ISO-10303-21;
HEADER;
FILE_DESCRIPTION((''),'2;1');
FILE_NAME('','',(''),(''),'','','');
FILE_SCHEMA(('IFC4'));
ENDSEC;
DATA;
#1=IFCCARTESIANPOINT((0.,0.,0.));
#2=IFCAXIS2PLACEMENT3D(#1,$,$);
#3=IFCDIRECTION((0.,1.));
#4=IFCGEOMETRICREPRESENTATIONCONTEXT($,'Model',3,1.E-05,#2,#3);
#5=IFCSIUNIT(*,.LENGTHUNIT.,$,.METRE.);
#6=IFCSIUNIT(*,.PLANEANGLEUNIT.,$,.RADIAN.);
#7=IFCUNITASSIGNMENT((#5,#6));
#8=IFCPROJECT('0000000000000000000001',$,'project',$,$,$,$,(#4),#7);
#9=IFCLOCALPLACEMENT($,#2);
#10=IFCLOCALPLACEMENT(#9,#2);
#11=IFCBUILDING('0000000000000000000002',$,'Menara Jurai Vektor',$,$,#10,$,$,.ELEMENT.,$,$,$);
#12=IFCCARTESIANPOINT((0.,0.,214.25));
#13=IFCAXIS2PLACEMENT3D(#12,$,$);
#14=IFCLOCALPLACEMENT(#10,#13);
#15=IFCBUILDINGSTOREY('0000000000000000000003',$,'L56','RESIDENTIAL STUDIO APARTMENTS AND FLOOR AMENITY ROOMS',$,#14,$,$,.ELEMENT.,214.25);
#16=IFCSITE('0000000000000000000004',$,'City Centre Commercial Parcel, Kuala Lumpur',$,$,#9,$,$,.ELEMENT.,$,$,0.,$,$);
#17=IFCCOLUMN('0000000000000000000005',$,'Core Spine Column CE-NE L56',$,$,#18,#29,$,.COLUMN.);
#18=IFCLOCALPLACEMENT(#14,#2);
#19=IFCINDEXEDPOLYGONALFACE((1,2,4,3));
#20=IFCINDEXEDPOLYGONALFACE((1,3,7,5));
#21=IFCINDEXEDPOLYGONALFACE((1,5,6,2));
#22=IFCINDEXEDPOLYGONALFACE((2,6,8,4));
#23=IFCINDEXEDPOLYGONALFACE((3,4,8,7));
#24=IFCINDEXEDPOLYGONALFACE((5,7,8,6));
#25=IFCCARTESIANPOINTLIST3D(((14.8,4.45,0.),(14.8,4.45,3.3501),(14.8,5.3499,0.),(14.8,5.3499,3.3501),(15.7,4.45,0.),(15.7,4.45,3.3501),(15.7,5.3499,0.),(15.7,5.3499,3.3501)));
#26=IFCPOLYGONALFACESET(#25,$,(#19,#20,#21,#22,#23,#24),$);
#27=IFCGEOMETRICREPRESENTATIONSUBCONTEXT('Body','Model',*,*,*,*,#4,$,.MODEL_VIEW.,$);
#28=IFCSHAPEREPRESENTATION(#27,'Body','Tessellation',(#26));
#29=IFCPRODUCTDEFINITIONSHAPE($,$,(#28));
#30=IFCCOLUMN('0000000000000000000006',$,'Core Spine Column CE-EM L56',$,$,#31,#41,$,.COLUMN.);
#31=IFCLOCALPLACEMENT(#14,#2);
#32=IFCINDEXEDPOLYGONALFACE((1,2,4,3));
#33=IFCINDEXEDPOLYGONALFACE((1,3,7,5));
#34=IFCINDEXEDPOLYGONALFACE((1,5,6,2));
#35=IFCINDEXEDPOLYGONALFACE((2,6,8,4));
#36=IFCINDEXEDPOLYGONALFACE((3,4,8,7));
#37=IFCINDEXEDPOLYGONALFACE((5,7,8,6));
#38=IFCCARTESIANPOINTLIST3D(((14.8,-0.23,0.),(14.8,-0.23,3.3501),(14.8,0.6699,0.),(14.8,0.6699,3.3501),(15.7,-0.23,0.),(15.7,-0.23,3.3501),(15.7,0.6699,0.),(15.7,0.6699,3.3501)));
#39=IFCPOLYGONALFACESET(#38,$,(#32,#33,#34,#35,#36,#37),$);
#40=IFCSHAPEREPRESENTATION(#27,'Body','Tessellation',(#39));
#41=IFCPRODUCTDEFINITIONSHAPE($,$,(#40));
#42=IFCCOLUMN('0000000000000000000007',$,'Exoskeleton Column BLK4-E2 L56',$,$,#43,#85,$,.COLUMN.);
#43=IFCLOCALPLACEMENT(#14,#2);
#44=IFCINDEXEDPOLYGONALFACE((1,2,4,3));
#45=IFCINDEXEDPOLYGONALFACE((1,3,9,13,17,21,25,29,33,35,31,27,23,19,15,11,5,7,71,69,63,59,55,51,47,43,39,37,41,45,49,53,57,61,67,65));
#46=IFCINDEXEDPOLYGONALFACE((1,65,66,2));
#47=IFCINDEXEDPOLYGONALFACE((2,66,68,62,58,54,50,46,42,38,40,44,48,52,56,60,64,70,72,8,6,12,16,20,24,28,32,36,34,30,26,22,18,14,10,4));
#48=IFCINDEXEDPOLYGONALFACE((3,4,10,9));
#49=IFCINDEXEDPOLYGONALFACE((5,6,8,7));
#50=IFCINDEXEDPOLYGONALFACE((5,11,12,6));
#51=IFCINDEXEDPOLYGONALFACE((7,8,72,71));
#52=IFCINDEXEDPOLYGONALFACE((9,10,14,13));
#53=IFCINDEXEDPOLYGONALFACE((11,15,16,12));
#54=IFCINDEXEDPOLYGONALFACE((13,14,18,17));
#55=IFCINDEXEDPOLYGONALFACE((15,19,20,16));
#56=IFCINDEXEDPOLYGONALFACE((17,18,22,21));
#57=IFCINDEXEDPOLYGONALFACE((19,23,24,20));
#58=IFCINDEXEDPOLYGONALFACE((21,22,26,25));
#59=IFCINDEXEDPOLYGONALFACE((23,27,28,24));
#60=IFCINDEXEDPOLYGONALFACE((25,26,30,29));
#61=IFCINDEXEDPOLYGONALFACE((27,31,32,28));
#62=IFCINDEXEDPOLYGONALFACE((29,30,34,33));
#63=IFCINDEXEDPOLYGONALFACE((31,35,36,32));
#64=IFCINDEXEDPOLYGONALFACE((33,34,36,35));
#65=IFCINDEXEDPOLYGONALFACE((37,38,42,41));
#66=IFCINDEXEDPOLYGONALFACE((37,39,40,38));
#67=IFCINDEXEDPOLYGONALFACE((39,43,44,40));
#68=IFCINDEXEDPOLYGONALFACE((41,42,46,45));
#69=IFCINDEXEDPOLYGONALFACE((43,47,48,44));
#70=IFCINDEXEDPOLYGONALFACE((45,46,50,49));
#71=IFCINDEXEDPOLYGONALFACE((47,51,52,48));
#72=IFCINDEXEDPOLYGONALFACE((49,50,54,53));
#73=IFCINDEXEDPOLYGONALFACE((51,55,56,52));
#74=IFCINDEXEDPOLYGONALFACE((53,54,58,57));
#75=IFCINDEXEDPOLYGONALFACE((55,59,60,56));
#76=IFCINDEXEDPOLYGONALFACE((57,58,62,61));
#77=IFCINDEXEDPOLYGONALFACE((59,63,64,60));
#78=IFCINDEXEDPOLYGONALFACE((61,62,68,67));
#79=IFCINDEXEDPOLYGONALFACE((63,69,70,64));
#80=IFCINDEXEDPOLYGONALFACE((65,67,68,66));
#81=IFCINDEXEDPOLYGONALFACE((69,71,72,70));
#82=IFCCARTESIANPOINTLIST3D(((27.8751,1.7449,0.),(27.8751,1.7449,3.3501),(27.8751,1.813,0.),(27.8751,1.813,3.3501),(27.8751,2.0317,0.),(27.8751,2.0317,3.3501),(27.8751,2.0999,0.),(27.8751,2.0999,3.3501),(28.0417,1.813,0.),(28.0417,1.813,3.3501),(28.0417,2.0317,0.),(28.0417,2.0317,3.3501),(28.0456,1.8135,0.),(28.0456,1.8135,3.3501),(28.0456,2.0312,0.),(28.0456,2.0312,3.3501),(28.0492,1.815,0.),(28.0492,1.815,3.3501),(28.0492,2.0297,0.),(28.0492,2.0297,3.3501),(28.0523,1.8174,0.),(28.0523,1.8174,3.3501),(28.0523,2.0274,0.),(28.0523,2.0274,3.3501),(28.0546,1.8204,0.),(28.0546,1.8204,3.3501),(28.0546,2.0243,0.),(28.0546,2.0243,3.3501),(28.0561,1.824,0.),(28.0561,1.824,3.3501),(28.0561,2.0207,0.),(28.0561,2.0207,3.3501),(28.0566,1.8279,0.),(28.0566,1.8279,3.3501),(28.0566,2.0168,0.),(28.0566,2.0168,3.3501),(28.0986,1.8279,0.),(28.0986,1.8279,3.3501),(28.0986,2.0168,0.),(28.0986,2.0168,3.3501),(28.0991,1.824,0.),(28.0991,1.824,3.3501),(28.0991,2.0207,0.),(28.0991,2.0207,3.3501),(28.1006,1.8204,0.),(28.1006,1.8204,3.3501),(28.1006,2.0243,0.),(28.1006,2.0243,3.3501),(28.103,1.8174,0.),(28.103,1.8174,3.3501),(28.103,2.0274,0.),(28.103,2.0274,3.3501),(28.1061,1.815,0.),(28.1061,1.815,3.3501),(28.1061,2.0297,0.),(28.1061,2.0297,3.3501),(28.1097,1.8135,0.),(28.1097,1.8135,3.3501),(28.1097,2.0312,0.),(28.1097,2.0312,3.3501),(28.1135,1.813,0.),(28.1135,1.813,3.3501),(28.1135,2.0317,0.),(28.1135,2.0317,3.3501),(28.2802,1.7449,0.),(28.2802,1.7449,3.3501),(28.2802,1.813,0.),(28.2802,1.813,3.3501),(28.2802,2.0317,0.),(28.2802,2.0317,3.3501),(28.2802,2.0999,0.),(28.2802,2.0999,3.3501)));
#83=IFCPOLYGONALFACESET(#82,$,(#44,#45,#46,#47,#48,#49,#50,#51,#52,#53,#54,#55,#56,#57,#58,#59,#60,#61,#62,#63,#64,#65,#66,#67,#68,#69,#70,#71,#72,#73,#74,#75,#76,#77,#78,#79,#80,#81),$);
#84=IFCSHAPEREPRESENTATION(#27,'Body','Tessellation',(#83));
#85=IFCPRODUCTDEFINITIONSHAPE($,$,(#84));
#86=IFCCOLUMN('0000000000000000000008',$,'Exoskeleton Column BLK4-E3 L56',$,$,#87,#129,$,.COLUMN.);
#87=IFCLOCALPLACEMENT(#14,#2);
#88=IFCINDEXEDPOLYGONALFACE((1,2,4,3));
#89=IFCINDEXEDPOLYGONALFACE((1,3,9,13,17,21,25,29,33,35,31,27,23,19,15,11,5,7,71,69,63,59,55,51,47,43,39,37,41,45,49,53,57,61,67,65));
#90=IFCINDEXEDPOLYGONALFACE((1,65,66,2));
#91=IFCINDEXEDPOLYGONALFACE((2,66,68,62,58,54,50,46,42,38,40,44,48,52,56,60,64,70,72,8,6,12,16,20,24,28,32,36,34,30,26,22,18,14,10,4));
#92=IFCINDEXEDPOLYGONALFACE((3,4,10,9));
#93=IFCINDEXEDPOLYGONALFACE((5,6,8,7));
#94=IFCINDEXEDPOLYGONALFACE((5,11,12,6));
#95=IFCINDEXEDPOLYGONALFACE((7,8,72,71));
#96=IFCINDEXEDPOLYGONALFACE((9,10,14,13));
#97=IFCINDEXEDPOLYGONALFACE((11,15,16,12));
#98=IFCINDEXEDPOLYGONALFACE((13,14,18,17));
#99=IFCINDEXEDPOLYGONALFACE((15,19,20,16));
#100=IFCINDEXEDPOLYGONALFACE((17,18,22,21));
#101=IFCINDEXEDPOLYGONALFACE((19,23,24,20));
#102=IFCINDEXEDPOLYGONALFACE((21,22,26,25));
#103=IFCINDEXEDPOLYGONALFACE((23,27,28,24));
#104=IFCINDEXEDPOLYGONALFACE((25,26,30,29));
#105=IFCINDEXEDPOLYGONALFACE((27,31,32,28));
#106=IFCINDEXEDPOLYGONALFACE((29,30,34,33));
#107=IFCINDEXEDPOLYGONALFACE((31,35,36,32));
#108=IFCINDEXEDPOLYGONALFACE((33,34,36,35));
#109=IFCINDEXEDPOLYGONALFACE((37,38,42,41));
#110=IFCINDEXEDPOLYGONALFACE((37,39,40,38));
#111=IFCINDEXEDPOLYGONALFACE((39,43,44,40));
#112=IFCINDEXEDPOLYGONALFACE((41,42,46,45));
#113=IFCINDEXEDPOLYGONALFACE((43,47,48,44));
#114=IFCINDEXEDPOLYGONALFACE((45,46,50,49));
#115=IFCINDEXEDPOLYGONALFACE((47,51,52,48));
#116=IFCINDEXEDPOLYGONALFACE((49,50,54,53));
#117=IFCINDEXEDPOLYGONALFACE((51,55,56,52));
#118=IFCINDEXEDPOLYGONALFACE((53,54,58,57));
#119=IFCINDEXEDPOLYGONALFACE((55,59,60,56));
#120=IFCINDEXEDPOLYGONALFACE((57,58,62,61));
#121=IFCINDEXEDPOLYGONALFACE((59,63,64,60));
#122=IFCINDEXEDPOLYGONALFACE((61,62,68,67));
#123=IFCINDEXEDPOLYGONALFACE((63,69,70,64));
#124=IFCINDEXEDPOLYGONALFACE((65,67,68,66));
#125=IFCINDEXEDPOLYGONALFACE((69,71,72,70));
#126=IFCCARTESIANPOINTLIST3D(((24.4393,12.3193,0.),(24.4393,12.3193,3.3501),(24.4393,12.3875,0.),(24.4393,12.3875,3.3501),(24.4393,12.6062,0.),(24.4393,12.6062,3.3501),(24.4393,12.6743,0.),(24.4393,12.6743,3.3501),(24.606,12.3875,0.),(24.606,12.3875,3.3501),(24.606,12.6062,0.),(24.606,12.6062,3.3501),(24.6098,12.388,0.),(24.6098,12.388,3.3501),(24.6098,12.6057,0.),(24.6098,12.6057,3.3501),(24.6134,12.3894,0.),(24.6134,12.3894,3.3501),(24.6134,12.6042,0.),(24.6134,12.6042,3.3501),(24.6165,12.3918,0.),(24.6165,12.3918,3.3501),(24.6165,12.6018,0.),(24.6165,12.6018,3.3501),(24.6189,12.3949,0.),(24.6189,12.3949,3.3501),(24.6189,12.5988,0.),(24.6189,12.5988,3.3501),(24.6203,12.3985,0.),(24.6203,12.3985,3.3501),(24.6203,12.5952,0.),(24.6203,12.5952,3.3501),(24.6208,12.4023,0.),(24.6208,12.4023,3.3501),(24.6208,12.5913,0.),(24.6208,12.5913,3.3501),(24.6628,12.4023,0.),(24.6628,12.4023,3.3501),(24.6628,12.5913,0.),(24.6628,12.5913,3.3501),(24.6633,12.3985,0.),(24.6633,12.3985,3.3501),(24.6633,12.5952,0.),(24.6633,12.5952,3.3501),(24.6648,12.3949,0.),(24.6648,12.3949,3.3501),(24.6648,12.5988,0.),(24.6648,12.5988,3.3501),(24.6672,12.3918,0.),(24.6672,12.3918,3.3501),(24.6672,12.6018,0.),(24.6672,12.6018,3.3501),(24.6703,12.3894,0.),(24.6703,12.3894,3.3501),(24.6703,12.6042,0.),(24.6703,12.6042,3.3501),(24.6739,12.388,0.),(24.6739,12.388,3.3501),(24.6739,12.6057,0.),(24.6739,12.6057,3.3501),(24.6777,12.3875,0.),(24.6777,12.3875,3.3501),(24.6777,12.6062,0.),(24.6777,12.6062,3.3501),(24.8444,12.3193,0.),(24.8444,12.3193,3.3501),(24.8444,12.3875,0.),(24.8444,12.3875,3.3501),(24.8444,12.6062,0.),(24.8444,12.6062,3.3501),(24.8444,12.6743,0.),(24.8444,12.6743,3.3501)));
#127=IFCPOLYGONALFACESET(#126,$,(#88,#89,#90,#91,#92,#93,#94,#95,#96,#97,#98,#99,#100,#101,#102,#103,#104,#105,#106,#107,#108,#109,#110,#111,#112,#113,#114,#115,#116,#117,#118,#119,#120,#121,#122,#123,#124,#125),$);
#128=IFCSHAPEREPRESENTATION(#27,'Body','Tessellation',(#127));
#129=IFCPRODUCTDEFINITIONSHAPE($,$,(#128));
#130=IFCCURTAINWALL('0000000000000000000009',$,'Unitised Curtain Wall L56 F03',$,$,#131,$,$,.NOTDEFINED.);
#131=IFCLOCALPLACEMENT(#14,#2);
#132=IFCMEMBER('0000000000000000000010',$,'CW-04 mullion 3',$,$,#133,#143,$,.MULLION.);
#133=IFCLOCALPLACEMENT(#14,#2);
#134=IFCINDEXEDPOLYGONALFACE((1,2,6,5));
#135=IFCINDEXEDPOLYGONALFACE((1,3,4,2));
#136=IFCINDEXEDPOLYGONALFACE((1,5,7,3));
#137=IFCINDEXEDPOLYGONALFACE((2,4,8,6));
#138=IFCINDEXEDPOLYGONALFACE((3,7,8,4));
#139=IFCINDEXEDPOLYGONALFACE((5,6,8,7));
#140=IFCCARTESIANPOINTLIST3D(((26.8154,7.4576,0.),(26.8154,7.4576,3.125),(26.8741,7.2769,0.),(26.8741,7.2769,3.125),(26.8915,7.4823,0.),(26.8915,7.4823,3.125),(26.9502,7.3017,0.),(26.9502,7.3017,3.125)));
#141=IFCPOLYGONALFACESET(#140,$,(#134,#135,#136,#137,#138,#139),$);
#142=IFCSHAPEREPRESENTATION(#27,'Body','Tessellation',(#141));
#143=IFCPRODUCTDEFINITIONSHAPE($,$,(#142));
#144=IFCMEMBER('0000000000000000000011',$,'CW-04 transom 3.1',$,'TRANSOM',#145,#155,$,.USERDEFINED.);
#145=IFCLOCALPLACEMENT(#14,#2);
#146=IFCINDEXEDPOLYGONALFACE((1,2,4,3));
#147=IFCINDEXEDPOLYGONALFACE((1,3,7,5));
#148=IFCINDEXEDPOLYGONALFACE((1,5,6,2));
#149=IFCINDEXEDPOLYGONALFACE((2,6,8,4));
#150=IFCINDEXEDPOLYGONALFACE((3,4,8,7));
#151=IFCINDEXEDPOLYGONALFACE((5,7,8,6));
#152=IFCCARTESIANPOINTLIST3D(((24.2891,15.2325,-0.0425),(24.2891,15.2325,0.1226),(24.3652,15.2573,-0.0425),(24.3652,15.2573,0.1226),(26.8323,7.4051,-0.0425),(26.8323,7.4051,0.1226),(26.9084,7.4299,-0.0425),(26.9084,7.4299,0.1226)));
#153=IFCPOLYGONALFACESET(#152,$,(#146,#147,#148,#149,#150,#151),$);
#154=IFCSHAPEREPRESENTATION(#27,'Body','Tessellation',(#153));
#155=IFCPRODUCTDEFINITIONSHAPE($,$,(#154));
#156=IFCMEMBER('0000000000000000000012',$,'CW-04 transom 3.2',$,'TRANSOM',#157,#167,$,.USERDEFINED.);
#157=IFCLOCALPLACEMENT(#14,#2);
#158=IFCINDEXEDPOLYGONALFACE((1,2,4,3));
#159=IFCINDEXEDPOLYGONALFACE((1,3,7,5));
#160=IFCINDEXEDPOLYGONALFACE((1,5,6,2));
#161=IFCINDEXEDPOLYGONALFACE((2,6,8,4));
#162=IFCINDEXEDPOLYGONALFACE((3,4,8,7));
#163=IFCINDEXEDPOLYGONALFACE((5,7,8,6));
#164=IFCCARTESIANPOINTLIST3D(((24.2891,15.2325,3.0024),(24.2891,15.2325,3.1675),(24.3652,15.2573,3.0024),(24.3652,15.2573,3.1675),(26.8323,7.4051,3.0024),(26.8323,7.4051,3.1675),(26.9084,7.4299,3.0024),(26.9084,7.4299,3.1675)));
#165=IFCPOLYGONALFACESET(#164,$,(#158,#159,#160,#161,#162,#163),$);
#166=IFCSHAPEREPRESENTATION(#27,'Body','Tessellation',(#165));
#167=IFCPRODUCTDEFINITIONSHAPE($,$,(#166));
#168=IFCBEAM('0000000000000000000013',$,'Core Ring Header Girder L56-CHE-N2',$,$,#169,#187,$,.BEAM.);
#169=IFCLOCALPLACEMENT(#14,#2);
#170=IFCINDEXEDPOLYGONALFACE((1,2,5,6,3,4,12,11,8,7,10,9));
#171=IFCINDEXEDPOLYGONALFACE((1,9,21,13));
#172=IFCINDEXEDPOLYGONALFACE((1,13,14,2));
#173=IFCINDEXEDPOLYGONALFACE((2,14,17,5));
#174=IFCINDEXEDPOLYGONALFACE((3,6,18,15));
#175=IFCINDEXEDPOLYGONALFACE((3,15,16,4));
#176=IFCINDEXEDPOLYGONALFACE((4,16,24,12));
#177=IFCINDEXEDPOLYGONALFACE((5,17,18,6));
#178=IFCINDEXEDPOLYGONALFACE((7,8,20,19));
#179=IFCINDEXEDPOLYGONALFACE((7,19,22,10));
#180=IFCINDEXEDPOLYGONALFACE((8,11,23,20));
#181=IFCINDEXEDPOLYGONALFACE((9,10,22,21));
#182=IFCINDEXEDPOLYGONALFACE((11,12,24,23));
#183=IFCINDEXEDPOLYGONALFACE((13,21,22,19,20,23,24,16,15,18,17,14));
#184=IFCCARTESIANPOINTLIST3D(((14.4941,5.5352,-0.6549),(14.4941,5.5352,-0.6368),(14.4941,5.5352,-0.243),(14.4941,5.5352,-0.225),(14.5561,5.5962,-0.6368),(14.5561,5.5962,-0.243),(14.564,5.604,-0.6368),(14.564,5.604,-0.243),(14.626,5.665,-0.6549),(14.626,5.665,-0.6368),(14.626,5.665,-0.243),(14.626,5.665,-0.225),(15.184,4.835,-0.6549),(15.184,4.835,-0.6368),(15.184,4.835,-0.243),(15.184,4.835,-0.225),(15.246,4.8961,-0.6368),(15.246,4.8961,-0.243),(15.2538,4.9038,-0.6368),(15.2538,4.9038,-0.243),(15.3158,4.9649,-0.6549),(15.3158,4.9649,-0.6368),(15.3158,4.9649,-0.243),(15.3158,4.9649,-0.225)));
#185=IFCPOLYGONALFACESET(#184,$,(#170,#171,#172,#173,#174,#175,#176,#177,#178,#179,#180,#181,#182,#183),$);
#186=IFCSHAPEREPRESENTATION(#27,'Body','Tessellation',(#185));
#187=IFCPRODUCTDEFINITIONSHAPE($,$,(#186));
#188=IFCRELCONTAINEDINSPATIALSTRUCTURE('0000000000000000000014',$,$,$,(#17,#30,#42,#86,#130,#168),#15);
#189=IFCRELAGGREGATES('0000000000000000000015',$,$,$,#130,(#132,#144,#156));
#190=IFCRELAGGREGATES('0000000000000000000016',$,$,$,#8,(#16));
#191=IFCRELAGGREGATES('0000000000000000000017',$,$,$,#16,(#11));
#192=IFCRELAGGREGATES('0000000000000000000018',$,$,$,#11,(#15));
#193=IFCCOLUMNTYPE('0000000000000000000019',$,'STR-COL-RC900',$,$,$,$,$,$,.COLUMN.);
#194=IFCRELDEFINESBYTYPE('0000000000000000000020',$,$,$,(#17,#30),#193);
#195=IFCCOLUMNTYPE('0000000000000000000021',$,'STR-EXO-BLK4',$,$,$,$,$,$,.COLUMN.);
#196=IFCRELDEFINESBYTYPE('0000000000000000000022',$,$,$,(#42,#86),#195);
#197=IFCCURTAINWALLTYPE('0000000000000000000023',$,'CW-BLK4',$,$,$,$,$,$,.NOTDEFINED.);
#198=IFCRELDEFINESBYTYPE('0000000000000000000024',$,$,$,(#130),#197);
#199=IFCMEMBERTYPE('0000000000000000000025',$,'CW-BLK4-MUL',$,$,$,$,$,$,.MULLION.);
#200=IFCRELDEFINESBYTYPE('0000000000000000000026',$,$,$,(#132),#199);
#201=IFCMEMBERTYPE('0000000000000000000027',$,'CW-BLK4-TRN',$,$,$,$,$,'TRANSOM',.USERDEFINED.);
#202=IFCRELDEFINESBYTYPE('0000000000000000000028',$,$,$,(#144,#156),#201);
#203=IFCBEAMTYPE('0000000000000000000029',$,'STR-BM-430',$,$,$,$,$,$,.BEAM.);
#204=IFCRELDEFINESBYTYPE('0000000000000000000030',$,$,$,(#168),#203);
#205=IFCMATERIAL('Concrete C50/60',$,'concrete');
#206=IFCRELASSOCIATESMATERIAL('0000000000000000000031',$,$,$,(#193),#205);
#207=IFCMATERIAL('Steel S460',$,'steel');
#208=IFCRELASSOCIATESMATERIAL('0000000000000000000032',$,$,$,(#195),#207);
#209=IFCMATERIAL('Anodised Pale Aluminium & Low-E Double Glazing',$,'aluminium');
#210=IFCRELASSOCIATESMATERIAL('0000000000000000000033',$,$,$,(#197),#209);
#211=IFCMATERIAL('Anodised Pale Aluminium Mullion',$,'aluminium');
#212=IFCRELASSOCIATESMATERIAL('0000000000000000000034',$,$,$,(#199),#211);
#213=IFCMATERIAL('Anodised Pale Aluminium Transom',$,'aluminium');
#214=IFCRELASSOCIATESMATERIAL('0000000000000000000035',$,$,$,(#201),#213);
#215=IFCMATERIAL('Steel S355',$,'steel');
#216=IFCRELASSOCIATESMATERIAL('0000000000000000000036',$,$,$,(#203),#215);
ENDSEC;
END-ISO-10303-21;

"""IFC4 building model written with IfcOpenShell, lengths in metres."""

from ifc_helpers import new_model, si_unit, direction, frame, origin, origin_2d, place, context, subcontext, project, spatial, rectangle, i_section, extrude, material, material_profile, profile_set, type_object, element, aggregate, save


model = new_model("IFC4")

# Units and contexts
model_context = context("Model", 3, precision=1e-05, world=origin(), true_north=direction((0.0, 1.0)))
body_context = subcontext(model_context, "Body", "Model", "MODEL_VIEW")
ifc_project = project(units=[si_unit("LENGTHUNIT", "METRE"), si_unit("PLANEANGLEUNIT", "RADIAN")], contexts=[model_context])

# Site, building, storey
site_placement = place(None, origin())
site = spatial("IfcSite", under=ifc_project, at=site_placement, Name="City Centre Commercial Parcel, Kuala Lumpur", CompositionType="ELEMENT", RefElevation=0.0)
building_placement = place(site_placement, origin())
building = spatial("IfcBuilding", under=site, at=building_placement, Name="Menara Jurai Vektor", CompositionType="ELEMENT")
storey_placement = place(building_placement, frame((0.0, 0.0, 214.25)))
storey = spatial("IfcBuildingStorey", under=building, at=storey_placement, Name="L56", Description="RESIDENTIAL STUDIO APARTMENTS AND FLOOR AMENITY ROOMS", CompositionType="ELEMENT", Elevation=214.25)

# Columns
ifc_material_1 = material(Name="Concrete C50/60", Category="concrete")
ifc_material_profile_1 = material_profile(ifc_material_1, rectangle(XDim=0.8999, YDim=0.8999, at=origin_2d()), Name="RC 900x900")
ifc_profile_set_1 = profile_set([ifc_material_profile_1], Name="Concrete C50/60")
column_type_1 = type_object("IfcColumnType", Name="STR-COL-RC900", PredefinedType="COLUMN", material=ifc_profile_set_1)
for number, where, z_axis, x_axis, name in (
    (1, (15.25, 4.8999, 0.0), (0.0, 0.0, 1.0), (1.0, 0.0, 0.0), "Core Spine Column CE-NE L56"),
    (2, (15.25, 0.22, 0.0), (0.0, 0.0, 1.0), (1.0, 0.0, 0.0), "Core Spine Column CE-EM L56"),
):
    element("IfcColumn", number, at=place(storey_placement, frame(where, z_axis=z_axis, x_axis=x_axis)), inside=storey, type_object=column_type_1, Name=name, PredefinedType="COLUMN", context=body_context, shape_type="SweptSolid", body=[
        extrude(rectangle(XDim=0.8999, YDim=0.8999, at=origin_2d()), origin(), (0.0, 0.0, 1.0), 3.3501),
    ])
ifc_material_2 = material(Name="Steel S460", Category="steel")
ifc_material_profile_2 = material_profile(ifc_material_2, i_section(OverallWidth=0.405, OverallDepth=0.355, WebThickness=0.042, FlangeThickness=0.0681, FilletRadius=0.0149, at=origin_2d()), Name="HD 400x551")
ifc_profile_set_2 = profile_set([ifc_material_profile_2], Name="Steel S460")
column_type_2 = type_object("IfcColumnType", Name="STR-EXO-BLK4", PredefinedType="COLUMN", material=ifc_profile_set_2)
for number, where, z_axis, x_axis, name in (
    (3, (28.0776, 1.9224, 0.0), (0.0, 0.0, 1.0), (1.0, 0.0, 0.0), "Exoskeleton Column BLK4-E2 L56"),
    (4, (24.6418, 12.4968, 0.0), (0.0, 0.0, 1.0), (1.0, 0.0, 0.0), "Exoskeleton Column BLK4-E3 L56"),
):
    element("IfcColumn", number, at=place(storey_placement, frame(where, z_axis=z_axis, x_axis=x_axis)), inside=storey, type_object=column_type_2, Name=name, PredefinedType="COLUMN", context=body_context, shape_type="SweptSolid", body=[
        extrude(i_section(OverallWidth=0.405, OverallDepth=0.355, WebThickness=0.042, FlangeThickness=0.0681, FilletRadius=0.0149, at=origin_2d()), origin(), (0.0, 0.0, 1.0), 3.3501),
    ])

# Curtain wall, members
ifc_material_3 = material(Name="Anodised Pale Aluminium & Low-E Double Glazing", Category="aluminium")
curtain_wall_type = type_object("IfcCurtainWallType", Name="CW-BLK4", PredefinedType="NOTDEFINED", material=ifc_material_3)
curtain_wall_placement = place(storey_placement, origin())
curtain_wall = element("IfcCurtainWall", 5, at=curtain_wall_placement, inside=storey, type_object=curtain_wall_type, Name="Unitised Curtain Wall L56 F03", PredefinedType="NOTDEFINED")
ifc_material_4 = material(Name="Anodised Pale Aluminium Mullion", Category="aluminium")
ifc_material_profile_3 = material_profile(ifc_material_4, rectangle(XDim=0.0801, YDim=0.1899, at=origin_2d()), Name="ALU MUL 80x190")
ifc_profile_set_3 = profile_set([ifc_material_profile_3], Name="Anodised Pale Aluminium Mullion")
member_type_1 = type_object("IfcMemberType", Name="CW-BLK4-MUL", PredefinedType="MULLION", material=ifc_profile_set_3)
member_1_placement = place(storey_placement, frame((26.8828, 7.3796, 0.0), z_axis=(0.0, 0.0, 1.0), x_axis=(-0.951057, -0.309016, 0.0)))
member_1 = element("IfcMember", 6, at=member_1_placement, type_object=member_type_1, Name="CW-04 mullion 3", PredefinedType="MULLION", context=body_context, shape_type="SweptSolid", body=[
    extrude(rectangle(XDim=0.0801, YDim=0.1899, at=origin_2d()), origin(), (0.0, 0.0, 1.0), 3.125),
])
ifc_material_5 = material(Name="Anodised Pale Aluminium Transom", Category="aluminium")
ifc_material_profile_4 = material_profile(ifc_material_5, rectangle(XDim=0.0801, YDim=0.165, at=origin_2d()), Name="ALU TRN 80x165")
ifc_profile_set_4 = profile_set([ifc_material_profile_4], Name="Anodised Pale Aluminium Transom")
member_type_2 = type_object("IfcMemberType", Name="CW-BLK4-TRN", ElementType="TRANSOM", PredefinedType="USERDEFINED", material=ifc_profile_set_4)
member_2_placement = place(storey_placement, frame((26.8704, 7.4175, 0.04), z_axis=(-0.30901, 0.951059, 0.0), x_axis=(-0.951059, -0.30901, 0.0)))
member_2 = element("IfcMember", 7, at=member_2_placement, type_object=member_type_2, Name="CW-04 transom 3.1", ObjectType="TRANSOM", PredefinedType="USERDEFINED", context=body_context, shape_type="SweptSolid", body=[
    extrude(rectangle(XDim=0.0801, YDim=0.165, at=origin_2d()), origin(), (0.0, 0.0, 1.0), 8.2302),
])
member_3_placement = place(storey_placement, frame((26.8704, 7.4175, 3.085), z_axis=(-0.30901, 0.951059, 0.0), x_axis=(-0.951059, -0.30901, 0.0)))
member_3 = element("IfcMember", 8, at=member_3_placement, type_object=member_type_2, Name="CW-04 transom 3.2", ObjectType="TRANSOM", PredefinedType="USERDEFINED", context=body_context, shape_type="SweptSolid", body=[
    extrude(rectangle(XDim=0.0801, YDim=0.165, at=origin_2d()), origin(), (0.0, 0.0, 1.0), 8.2302),
])

# Beam
ifc_material_6 = material(Name="Steel S355", Category="steel")
ifc_material_profile_5 = material_profile(ifc_material_6, i_section(OverallWidth=0.1851, OverallDepth=0.4299, WebThickness=0.011, FlangeThickness=0.0181, at=origin_2d()), Name="PG 430x185x76")
ifc_profile_set_5 = profile_set([ifc_material_profile_5], Name="Steel S355")
beam_type_1 = type_object("IfcBeamType", Name="STR-BM-430", PredefinedType="BEAM", material=ifc_profile_set_5)
beam_1_placement = place(storey_placement, frame((14.5601, 5.6001, -0.4399), z_axis=(0.701872, -0.712303, 0.0), x_axis=(0.712303, 0.701872, 0.0)))
element("IfcBeam", 9, at=beam_1_placement, inside=storey, type_object=beam_type_1, Name="Core Ring Header Girder L56-CHE-N2", PredefinedType="BEAM", context=body_context, shape_type="SweptSolid", body=[
    extrude(i_section(OverallWidth=0.1851, OverallDepth=0.4299, WebThickness=0.011, FlangeThickness=0.0181, at=origin_2d()), origin(), (0.0, 0.0, 1.0), 0.9829),
])

aggregate(curtain_wall, [member_1, member_2, member_3])

save(model, "model.ifc")
